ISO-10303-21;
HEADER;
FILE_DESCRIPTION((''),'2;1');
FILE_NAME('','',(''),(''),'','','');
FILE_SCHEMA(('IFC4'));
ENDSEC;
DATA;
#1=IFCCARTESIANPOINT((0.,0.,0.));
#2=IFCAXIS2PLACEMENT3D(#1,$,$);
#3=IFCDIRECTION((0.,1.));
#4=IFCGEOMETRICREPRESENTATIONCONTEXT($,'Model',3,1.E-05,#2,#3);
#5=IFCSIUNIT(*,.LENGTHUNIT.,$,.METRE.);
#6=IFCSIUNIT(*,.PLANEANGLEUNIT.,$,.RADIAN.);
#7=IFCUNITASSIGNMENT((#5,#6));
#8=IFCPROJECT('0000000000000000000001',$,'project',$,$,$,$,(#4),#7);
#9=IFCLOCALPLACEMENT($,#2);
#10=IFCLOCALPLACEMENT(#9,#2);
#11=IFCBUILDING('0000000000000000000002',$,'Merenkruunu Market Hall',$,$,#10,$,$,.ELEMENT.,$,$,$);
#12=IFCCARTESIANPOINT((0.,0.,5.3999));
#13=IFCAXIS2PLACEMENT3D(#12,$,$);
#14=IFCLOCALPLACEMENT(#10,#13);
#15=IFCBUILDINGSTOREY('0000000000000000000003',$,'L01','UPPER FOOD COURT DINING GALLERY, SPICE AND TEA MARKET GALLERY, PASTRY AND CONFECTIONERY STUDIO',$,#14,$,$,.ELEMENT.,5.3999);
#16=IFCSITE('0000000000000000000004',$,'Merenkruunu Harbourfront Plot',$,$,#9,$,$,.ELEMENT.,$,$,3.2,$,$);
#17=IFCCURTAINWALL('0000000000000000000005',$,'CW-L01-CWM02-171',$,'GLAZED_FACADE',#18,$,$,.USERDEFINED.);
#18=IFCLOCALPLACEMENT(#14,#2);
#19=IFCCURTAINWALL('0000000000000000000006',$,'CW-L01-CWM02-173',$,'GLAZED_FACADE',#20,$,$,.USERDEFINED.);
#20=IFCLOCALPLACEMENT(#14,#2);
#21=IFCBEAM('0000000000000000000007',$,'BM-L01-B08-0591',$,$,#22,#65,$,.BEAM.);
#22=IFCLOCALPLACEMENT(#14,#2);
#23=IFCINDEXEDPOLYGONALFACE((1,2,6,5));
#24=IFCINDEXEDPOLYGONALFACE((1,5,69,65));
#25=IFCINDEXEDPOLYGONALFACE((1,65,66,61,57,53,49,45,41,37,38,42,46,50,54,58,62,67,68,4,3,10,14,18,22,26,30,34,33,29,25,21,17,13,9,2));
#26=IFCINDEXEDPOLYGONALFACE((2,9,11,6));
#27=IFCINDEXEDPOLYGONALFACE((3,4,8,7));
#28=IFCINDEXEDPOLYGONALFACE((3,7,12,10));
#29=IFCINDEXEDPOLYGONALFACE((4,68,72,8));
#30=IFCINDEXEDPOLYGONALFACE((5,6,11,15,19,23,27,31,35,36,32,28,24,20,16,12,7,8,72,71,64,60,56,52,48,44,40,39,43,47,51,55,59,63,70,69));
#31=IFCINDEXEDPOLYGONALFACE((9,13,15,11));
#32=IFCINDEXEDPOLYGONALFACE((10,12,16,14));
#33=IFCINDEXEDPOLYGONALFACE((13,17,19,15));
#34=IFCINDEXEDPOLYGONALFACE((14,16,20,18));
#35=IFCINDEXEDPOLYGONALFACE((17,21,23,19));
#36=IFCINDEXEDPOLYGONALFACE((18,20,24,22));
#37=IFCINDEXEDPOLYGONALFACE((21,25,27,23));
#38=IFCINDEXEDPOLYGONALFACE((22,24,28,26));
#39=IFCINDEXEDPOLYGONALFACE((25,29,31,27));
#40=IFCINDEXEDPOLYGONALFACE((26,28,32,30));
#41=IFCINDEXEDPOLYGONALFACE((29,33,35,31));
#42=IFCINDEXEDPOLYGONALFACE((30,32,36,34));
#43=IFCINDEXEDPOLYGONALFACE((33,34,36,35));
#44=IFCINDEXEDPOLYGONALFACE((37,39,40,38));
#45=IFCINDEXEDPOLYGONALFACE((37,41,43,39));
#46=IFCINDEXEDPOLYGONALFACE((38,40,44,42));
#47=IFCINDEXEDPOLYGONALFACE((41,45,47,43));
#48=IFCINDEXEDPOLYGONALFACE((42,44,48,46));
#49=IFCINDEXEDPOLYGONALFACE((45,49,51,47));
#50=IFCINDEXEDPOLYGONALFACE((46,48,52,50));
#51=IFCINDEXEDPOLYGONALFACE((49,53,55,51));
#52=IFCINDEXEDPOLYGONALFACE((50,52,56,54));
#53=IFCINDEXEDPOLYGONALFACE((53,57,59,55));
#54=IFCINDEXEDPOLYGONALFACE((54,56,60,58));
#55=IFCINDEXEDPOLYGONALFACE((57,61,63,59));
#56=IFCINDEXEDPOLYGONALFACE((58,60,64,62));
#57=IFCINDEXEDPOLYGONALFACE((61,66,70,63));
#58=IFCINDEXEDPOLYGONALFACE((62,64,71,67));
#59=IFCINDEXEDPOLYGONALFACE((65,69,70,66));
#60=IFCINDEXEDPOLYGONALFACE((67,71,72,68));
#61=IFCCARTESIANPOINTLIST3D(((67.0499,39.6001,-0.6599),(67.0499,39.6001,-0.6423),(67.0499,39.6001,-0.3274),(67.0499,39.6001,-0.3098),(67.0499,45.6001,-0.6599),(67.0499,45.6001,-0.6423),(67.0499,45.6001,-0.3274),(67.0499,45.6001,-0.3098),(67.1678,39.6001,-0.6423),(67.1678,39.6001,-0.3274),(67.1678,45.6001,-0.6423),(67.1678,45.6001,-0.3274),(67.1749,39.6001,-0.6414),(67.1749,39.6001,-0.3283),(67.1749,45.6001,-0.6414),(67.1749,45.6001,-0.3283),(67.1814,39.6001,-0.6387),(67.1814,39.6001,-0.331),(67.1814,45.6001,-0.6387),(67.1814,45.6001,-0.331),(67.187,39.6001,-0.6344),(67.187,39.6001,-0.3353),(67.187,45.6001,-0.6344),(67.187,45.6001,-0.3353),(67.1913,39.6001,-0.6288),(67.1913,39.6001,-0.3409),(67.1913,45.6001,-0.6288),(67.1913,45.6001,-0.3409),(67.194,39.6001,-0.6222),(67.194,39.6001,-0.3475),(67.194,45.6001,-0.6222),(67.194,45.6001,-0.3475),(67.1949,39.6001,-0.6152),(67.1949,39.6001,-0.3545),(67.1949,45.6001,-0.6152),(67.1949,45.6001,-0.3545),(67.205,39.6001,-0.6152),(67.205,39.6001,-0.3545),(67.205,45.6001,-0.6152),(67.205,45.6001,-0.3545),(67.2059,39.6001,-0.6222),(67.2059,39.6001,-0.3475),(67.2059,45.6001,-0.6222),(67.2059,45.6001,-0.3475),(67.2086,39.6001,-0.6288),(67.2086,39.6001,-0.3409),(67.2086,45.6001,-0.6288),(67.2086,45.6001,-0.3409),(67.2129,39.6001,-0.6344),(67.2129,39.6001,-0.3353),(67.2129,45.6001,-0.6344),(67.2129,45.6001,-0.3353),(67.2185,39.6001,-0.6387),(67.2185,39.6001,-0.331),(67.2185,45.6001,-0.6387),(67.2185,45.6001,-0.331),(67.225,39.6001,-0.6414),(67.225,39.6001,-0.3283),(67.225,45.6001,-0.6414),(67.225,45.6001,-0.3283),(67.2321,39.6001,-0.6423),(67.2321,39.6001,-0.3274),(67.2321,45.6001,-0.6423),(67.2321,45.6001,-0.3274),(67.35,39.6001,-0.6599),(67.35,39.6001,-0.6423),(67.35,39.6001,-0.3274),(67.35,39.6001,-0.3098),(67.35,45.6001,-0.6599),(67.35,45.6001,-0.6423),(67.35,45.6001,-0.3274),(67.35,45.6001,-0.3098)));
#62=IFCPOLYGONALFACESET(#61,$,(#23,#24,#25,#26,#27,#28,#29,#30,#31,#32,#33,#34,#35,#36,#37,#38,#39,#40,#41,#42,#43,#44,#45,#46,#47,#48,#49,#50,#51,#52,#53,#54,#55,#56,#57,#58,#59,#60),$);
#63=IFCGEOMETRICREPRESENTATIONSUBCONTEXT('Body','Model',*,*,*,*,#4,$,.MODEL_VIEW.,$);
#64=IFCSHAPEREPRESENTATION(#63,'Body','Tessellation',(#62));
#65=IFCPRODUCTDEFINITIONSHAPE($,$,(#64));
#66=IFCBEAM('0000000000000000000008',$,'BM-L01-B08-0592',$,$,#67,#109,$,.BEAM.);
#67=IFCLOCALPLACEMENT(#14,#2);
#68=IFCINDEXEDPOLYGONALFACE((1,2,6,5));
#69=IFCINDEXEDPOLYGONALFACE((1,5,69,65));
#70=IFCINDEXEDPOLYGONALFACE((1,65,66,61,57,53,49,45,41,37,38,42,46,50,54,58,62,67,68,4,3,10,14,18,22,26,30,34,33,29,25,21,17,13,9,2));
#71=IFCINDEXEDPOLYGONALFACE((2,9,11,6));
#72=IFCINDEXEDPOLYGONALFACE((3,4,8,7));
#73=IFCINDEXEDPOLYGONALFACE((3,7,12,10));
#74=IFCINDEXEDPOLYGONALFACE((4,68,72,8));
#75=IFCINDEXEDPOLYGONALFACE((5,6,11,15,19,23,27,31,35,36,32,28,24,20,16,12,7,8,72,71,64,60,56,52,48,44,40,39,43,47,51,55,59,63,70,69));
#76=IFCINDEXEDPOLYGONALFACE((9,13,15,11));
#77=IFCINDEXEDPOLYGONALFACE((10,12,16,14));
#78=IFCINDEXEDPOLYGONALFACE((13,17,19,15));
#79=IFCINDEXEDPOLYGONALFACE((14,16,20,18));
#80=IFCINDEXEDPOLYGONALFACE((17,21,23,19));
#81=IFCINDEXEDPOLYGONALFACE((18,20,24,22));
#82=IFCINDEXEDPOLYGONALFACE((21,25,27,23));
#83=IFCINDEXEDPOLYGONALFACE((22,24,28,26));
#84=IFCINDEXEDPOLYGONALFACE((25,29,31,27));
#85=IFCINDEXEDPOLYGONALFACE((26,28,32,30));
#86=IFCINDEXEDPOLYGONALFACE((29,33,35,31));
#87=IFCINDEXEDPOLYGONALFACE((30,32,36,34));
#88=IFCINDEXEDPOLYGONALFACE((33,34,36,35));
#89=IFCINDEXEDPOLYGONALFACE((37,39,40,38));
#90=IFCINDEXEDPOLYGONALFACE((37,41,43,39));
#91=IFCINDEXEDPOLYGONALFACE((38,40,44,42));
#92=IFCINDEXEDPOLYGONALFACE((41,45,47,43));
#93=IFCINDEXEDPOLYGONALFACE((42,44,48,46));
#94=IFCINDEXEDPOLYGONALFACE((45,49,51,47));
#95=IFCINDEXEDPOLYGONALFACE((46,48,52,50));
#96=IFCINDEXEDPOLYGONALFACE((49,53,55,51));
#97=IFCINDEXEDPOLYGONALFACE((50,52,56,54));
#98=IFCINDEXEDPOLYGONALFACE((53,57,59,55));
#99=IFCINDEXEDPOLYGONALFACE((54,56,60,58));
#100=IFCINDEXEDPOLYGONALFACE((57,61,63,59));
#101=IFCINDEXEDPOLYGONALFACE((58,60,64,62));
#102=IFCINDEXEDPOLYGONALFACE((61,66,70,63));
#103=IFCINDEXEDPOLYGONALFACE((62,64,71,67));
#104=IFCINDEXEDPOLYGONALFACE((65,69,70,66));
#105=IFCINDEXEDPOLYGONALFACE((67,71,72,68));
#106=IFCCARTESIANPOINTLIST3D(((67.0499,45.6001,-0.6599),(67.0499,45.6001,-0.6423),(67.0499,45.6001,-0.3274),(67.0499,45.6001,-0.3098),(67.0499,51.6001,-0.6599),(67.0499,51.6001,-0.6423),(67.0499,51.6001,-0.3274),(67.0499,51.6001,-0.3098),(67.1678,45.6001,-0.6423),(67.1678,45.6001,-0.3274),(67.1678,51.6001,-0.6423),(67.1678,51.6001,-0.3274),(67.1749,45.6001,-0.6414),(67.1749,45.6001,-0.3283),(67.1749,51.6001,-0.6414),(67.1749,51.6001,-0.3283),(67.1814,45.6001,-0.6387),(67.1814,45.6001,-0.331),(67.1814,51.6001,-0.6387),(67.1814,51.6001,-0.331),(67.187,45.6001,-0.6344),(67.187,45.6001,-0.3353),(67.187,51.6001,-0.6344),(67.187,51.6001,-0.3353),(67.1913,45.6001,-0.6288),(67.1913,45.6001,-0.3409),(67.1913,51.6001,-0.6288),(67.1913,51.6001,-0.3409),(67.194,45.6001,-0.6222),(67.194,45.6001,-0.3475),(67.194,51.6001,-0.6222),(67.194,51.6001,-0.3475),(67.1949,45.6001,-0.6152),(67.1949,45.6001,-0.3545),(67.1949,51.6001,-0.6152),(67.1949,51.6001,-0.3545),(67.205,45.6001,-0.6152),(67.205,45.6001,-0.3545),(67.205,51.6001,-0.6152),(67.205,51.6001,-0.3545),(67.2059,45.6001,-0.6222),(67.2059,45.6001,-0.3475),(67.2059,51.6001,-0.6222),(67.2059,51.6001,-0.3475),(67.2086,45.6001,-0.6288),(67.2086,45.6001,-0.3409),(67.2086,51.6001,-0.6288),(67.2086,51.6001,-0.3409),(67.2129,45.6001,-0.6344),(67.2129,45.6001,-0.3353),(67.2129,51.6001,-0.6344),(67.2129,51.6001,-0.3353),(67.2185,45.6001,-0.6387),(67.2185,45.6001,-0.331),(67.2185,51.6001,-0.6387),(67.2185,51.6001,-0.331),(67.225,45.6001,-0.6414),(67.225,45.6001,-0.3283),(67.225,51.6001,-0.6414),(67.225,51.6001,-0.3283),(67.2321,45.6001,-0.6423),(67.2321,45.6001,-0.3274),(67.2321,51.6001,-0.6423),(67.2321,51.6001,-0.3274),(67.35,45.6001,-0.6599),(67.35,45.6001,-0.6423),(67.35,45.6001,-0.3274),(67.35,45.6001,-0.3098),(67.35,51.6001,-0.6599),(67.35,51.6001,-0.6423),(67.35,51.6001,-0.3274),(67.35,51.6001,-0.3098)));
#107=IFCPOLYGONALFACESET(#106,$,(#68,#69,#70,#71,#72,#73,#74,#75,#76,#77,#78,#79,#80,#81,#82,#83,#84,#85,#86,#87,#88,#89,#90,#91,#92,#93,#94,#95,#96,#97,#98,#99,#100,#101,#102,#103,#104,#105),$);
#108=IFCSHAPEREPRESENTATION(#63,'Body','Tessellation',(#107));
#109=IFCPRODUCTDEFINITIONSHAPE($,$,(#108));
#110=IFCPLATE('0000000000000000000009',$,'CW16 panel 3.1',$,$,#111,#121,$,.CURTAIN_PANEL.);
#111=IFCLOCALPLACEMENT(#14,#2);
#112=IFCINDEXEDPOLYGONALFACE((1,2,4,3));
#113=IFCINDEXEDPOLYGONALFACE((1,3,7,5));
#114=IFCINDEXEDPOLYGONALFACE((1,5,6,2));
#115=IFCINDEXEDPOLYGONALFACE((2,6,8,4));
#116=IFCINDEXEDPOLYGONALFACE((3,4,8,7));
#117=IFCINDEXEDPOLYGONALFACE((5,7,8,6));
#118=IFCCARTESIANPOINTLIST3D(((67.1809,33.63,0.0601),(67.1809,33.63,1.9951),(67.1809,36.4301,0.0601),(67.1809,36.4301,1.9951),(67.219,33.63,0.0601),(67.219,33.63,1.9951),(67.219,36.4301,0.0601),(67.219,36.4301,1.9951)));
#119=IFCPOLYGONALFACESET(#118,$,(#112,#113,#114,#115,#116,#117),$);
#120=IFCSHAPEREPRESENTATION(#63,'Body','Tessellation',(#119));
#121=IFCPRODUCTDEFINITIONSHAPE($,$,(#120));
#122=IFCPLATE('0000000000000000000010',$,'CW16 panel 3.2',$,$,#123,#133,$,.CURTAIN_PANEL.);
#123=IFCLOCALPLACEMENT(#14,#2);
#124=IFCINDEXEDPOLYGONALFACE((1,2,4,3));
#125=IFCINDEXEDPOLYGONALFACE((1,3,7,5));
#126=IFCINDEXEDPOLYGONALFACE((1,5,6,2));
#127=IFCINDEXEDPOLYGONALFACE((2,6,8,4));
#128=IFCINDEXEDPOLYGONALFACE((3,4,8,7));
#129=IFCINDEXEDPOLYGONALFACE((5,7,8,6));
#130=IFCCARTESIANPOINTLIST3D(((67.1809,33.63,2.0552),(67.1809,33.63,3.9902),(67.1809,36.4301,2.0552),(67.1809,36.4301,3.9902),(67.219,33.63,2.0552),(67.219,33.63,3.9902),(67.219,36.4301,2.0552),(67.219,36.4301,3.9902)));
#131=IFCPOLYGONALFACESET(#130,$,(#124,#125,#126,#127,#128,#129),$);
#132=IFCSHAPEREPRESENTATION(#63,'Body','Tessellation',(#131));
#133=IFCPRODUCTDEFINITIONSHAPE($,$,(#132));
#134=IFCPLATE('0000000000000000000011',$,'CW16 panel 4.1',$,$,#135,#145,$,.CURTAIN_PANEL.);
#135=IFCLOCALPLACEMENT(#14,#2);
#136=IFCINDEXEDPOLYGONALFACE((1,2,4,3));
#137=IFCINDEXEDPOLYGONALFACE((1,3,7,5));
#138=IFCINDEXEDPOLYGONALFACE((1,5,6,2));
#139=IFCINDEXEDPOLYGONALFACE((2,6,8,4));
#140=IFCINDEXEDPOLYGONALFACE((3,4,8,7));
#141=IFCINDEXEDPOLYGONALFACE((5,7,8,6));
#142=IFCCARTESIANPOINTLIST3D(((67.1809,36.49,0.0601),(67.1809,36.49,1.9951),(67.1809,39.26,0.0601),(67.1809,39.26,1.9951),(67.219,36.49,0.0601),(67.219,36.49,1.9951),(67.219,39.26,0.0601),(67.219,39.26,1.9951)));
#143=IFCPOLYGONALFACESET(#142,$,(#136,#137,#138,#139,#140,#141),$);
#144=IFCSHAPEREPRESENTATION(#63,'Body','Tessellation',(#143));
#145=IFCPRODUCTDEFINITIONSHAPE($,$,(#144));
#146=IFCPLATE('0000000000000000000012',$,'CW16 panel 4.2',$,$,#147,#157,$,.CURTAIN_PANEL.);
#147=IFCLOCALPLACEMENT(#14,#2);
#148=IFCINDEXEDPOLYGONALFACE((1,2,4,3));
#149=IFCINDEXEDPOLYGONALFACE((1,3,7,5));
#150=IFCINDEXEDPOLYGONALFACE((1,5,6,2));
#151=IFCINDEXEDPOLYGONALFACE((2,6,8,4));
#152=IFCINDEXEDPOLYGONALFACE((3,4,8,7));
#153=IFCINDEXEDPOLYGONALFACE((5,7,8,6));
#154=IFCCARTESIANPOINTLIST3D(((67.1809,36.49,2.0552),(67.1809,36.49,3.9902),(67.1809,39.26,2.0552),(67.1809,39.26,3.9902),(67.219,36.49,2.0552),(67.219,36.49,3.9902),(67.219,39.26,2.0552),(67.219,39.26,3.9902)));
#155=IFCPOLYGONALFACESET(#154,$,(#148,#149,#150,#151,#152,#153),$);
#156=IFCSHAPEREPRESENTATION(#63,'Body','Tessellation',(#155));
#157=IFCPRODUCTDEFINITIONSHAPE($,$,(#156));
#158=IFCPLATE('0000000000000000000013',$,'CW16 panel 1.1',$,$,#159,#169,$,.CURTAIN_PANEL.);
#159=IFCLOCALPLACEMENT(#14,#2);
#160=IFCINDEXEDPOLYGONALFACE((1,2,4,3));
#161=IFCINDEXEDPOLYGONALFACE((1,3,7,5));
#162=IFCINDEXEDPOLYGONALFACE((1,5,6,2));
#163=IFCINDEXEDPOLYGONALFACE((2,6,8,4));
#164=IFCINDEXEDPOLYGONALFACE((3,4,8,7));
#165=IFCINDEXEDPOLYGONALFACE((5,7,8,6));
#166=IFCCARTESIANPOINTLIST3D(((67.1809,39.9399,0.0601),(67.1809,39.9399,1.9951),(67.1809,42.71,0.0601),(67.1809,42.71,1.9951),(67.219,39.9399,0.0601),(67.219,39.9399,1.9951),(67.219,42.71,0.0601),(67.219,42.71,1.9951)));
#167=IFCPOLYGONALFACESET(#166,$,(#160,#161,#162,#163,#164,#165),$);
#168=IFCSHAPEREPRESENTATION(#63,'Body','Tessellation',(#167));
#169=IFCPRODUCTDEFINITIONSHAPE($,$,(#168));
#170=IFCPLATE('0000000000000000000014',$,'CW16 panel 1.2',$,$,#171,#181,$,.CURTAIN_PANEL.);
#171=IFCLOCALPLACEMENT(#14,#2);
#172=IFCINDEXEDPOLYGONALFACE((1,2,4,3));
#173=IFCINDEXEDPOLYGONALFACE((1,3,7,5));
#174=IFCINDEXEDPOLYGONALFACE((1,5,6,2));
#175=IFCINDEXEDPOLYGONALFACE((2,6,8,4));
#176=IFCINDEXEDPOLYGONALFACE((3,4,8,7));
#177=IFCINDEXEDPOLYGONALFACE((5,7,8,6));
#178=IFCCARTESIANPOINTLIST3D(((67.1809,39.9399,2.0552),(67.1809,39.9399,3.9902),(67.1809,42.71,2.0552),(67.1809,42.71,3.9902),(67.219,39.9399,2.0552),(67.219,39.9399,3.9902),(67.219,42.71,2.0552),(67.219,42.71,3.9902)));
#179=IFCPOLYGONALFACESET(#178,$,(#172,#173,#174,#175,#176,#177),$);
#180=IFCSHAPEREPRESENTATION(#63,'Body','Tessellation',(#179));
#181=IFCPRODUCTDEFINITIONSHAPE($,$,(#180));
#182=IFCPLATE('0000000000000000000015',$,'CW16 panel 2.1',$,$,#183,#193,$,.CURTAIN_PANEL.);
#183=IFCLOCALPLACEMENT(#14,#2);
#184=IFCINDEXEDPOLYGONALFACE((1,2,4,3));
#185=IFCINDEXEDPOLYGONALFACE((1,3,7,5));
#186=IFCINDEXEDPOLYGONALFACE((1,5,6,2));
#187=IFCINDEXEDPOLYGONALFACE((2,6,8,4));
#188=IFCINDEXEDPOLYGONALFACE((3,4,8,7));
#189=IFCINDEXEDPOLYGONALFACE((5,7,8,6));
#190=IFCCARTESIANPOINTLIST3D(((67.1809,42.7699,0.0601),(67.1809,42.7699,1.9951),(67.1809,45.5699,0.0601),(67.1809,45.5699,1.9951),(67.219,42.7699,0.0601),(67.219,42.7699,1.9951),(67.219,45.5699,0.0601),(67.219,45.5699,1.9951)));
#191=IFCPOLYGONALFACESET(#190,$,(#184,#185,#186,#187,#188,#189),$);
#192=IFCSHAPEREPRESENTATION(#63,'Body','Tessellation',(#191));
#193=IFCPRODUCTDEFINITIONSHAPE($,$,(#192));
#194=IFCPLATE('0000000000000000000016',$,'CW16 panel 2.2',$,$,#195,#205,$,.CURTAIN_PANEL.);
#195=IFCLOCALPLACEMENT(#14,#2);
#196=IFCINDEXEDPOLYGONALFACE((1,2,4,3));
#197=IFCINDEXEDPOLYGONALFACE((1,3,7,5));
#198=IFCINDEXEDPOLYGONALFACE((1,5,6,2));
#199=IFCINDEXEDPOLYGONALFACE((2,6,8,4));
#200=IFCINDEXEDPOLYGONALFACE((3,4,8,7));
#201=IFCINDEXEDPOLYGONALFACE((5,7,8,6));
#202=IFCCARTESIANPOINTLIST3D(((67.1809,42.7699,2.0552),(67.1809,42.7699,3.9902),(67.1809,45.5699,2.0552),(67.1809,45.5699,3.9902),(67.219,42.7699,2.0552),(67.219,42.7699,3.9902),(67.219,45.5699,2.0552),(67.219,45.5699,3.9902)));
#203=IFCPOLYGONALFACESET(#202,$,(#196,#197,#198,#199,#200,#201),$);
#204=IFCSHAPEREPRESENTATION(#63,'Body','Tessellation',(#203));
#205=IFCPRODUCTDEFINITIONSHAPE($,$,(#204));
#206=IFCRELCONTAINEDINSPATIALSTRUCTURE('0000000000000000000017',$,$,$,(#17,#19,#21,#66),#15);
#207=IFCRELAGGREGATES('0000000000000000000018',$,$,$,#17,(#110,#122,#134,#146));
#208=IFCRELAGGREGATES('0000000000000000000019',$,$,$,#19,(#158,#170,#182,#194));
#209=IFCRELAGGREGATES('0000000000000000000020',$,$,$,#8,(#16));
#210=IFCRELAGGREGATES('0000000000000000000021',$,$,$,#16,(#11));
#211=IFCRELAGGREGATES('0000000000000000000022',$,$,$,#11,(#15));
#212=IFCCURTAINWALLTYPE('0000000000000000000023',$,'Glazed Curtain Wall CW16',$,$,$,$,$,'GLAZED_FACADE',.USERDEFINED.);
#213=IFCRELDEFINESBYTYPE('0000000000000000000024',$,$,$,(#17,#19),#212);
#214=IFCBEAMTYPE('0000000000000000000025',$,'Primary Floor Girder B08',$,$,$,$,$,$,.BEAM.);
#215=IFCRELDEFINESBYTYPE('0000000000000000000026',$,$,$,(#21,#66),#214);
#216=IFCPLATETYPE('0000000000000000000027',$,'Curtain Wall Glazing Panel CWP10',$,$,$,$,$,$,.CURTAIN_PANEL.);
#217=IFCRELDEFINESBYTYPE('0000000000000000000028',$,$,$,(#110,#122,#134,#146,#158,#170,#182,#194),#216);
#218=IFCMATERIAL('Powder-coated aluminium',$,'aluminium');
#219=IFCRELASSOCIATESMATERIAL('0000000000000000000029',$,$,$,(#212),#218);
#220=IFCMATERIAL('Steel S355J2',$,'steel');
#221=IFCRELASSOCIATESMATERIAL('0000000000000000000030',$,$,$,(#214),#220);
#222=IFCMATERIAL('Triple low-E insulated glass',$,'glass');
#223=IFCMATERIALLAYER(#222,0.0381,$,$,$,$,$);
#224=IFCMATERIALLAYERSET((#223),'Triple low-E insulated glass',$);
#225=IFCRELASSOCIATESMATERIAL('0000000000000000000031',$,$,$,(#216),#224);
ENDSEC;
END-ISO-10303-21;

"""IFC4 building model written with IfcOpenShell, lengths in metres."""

from ifc_helpers import new_model, si_unit, direction, frame, origin, origin_2d, place, context, subcontext, project, spatial, rectangle, i_section, extrude, material, layer, layer_set, material_profile, profile_set, type_object, element, aggregate, save


model = new_model("IFC4")

# Units and contexts
model_context = context("Model", 3, precision=1e-05, world=origin(), true_north=direction((0.0, 1.0)))
body_context = subcontext(model_context, "Body", "Model", "MODEL_VIEW")
ifc_project = project(units=[si_unit("LENGTHUNIT", "METRE"), si_unit("PLANEANGLEUNIT", "RADIAN")], contexts=[model_context])

# Site, building, storey
site_placement = place(None, origin())
site = spatial("IfcSite", under=ifc_project, at=site_placement, Name="Merenkruunu Harbourfront Plot", CompositionType="ELEMENT", RefElevation=3.2)
building_placement = place(site_placement, origin())
building = spatial("IfcBuilding", under=site, at=building_placement, Name="Merenkruunu Market Hall", CompositionType="ELEMENT")
storey_placement = place(building_placement, frame((0.0, 0.0, 5.3999)))
storey = spatial("IfcBuildingStorey", under=building, at=storey_placement, Name="L01", Description="UPPER FOOD COURT DINING GALLERY, SPICE AND TEA MARKET GALLERY, PASTRY AND CONFECTIONERY STUDIO", CompositionType="ELEMENT", Elevation=5.3999)

# Curtain walls
ifc_material_1 = material(Name="Powder-coated aluminium", Category="aluminium")
curtain_wall_type = type_object("IfcCurtainWallType", Name="Glazed Curtain Wall CW16", ElementType="GLAZED_FACADE", PredefinedType="USERDEFINED", material=ifc_material_1)
curtain_wall_1_placement = place(storey_placement, origin())
curtain_wall_1 = element("IfcCurtainWall", 1, at=curtain_wall_1_placement, inside=storey, type_object=curtain_wall_type, Name="CW-L01-CWM02-171", ObjectType="GLAZED_FACADE", PredefinedType="USERDEFINED")
curtain_wall_2_placement = place(storey_placement, origin())
curtain_wall_2 = element("IfcCurtainWall", 2, at=curtain_wall_2_placement, inside=storey, type_object=curtain_wall_type, Name="CW-L01-CWM02-173", ObjectType="GLAZED_FACADE", PredefinedType="USERDEFINED")

# Beams
ifc_material_2 = material(Name="Steel S355J2", Category="steel")
ifc_material_profile_1 = material_profile(ifc_material_2, i_section(OverallWidth=0.3, OverallDepth=0.3501, WebThickness=0.01, FlangeThickness=0.0176, FilletRadius=0.0271, at=origin_2d()), Name="HEA 360")
ifc_profile_set_1 = profile_set([ifc_material_profile_1], Name="Steel S355J2")
beam_type_1 = type_object("IfcBeamType", Name="Primary Floor Girder B08", PredefinedType="BEAM", material=ifc_profile_set_1)
for number, where, z_axis, x_axis, name in (
    (3, (67.2, 39.6001, -0.4849), (0.0, 1.0, 0.0), (-1.0, 0.0, 0.0), "BM-L01-B08-0591"),
    (4, (67.2, 45.6001, -0.4849), (0.0, 1.0, 0.0), (-1.0, 0.0, 0.0), "BM-L01-B08-0592"),
):
    element("IfcBeam", number, at=place(storey_placement, frame(where, z_axis=z_axis, x_axis=x_axis)), inside=storey, type_object=beam_type_1, Name=name, PredefinedType="BEAM", context=body_context, shape_type="SweptSolid", body=[
        extrude(i_section(OverallWidth=0.3, OverallDepth=0.3501, WebThickness=0.01, FlangeThickness=0.0176, FilletRadius=0.0271, at=origin_2d()), origin(), (0.0, 0.0, 1.0), 6.0),
    ])

# Plates
ifc_material_3 = material(Name="Triple low-E insulated glass", Category="glass")
ifc_layer_1 = layer(ifc_material_3, 0.0381)
ifc_layer_set_1 = layer_set([ifc_layer_1], Name="Triple low-E insulated glass")
plate_type = type_object("IfcPlateType", Name="Curtain Wall Glazing Panel CWP10", PredefinedType="CURTAIN_PANEL", material=ifc_layer_set_1)
plate_1_placement = place(storey_placement, frame((67.2, 35.03, 0.0601), z_axis=(0.0, 0.0, 1.0), x_axis=(0.0, 1.0, 0.0)))
plate_1 = element("IfcPlate", 5, at=plate_1_placement, type_object=plate_type, Name="CW16 panel 3.1", PredefinedType="CURTAIN_PANEL", context=body_context, shape_type="SweptSolid", body=[
    extrude(rectangle(XDim=2.8, YDim=0.0381, at=origin_2d()), origin(), (0.0, 0.0, 1.0), 1.9351),
])
plate_2_placement = place(storey_placement, frame((67.2, 35.03, 2.0552), z_axis=(0.0, 0.0, 1.0), x_axis=(0.0, 1.0, 0.0)))
plate_2 = element("IfcPlate", 6, at=plate_2_placement, type_object=plate_type, Name="CW16 panel 3.2", PredefinedType="CURTAIN_PANEL", context=body_context, shape_type="SweptSolid", body=[
    extrude(rectangle(XDim=2.8, YDim=0.0381, at=origin_2d()), origin(), (0.0, 0.0, 1.0), 1.9351),
])
plate_3_placement = place(storey_placement, frame((67.2, 37.875, 0.0601), z_axis=(0.0, 0.0, 1.0), x_axis=(0.0, 1.0, 0.0)))
plate_3 = element("IfcPlate", 7, at=plate_3_placement, type_object=plate_type, Name="CW16 panel 4.1", PredefinedType="CURTAIN_PANEL", context=body_context, shape_type="SweptSolid", body=[
    extrude(rectangle(XDim=2.77, YDim=0.0381, at=origin_2d()), origin(), (0.0, 0.0, 1.0), 1.9351),
])
plate_4_placement = place(storey_placement, frame((67.2, 37.875, 2.0552), z_axis=(0.0, 0.0, 1.0), x_axis=(0.0, 1.0, 0.0)))
plate_4 = element("IfcPlate", 8, at=plate_4_placement, type_object=plate_type, Name="CW16 panel 4.2", PredefinedType="CURTAIN_PANEL", context=body_context, shape_type="SweptSolid", body=[
    extrude(rectangle(XDim=2.77, YDim=0.0381, at=origin_2d()), origin(), (0.0, 0.0, 1.0), 1.9351),
])
aggregate(curtain_wall_1, [plate_1, plate_2, plate_3, plate_4])
plate_5_placement = place(storey_placement, frame((67.2, 41.325, 0.0601), z_axis=(0.0, 0.0, 1.0), x_axis=(0.0, 1.0, 0.0)))
plate_5 = element("IfcPlate", 9, at=plate_5_placement, type_object=plate_type, Name="CW16 panel 1.1", PredefinedType="CURTAIN_PANEL", context=body_context, shape_type="SweptSolid", body=[
    extrude(rectangle(XDim=2.77, YDim=0.0381, at=origin_2d()), origin(), (0.0, 0.0, 1.0), 1.9351),
])
plate_6_placement = place(storey_placement, frame((67.2, 41.325, 2.0552), z_axis=(0.0, 0.0, 1.0), x_axis=(0.0, 1.0, 0.0)))
plate_6 = element("IfcPlate", 10, at=plate_6_placement, type_object=plate_type, Name="CW16 panel 1.2", PredefinedType="CURTAIN_PANEL", context=body_context, shape_type="SweptSolid", body=[
    extrude(rectangle(XDim=2.77, YDim=0.0381, at=origin_2d()), origin(), (0.0, 0.0, 1.0), 1.9351),
])
plate_7_placement = place(storey_placement, frame((67.2, 44.1699, 0.0601), z_axis=(0.0, 0.0, 1.0), x_axis=(0.0, 1.0, 0.0)))
plate_7 = element("IfcPlate", 11, at=plate_7_placement, type_object=plate_type, Name="CW16 panel 2.1", PredefinedType="CURTAIN_PANEL", context=body_context, shape_type="SweptSolid", body=[
    extrude(rectangle(XDim=2.8, YDim=0.0381, at=origin_2d()), origin(), (0.0, 0.0, 1.0), 1.9351),
])
plate_8_placement = place(storey_placement, frame((67.2, 44.1699, 2.0552), z_axis=(0.0, 0.0, 1.0), x_axis=(0.0, 1.0, 0.0)))
plate_8 = element("IfcPlate", 12, at=plate_8_placement, type_object=plate_type, Name="CW16 panel 2.2", PredefinedType="CURTAIN_PANEL", context=body_context, shape_type="SweptSolid", body=[
    extrude(rectangle(XDim=2.8, YDim=0.0381, at=origin_2d()), origin(), (0.0, 0.0, 1.0), 1.9351),
])
aggregate(curtain_wall_2, [plate_5, plate_6, plate_7, plate_8])

save(model, "model.ifc")
